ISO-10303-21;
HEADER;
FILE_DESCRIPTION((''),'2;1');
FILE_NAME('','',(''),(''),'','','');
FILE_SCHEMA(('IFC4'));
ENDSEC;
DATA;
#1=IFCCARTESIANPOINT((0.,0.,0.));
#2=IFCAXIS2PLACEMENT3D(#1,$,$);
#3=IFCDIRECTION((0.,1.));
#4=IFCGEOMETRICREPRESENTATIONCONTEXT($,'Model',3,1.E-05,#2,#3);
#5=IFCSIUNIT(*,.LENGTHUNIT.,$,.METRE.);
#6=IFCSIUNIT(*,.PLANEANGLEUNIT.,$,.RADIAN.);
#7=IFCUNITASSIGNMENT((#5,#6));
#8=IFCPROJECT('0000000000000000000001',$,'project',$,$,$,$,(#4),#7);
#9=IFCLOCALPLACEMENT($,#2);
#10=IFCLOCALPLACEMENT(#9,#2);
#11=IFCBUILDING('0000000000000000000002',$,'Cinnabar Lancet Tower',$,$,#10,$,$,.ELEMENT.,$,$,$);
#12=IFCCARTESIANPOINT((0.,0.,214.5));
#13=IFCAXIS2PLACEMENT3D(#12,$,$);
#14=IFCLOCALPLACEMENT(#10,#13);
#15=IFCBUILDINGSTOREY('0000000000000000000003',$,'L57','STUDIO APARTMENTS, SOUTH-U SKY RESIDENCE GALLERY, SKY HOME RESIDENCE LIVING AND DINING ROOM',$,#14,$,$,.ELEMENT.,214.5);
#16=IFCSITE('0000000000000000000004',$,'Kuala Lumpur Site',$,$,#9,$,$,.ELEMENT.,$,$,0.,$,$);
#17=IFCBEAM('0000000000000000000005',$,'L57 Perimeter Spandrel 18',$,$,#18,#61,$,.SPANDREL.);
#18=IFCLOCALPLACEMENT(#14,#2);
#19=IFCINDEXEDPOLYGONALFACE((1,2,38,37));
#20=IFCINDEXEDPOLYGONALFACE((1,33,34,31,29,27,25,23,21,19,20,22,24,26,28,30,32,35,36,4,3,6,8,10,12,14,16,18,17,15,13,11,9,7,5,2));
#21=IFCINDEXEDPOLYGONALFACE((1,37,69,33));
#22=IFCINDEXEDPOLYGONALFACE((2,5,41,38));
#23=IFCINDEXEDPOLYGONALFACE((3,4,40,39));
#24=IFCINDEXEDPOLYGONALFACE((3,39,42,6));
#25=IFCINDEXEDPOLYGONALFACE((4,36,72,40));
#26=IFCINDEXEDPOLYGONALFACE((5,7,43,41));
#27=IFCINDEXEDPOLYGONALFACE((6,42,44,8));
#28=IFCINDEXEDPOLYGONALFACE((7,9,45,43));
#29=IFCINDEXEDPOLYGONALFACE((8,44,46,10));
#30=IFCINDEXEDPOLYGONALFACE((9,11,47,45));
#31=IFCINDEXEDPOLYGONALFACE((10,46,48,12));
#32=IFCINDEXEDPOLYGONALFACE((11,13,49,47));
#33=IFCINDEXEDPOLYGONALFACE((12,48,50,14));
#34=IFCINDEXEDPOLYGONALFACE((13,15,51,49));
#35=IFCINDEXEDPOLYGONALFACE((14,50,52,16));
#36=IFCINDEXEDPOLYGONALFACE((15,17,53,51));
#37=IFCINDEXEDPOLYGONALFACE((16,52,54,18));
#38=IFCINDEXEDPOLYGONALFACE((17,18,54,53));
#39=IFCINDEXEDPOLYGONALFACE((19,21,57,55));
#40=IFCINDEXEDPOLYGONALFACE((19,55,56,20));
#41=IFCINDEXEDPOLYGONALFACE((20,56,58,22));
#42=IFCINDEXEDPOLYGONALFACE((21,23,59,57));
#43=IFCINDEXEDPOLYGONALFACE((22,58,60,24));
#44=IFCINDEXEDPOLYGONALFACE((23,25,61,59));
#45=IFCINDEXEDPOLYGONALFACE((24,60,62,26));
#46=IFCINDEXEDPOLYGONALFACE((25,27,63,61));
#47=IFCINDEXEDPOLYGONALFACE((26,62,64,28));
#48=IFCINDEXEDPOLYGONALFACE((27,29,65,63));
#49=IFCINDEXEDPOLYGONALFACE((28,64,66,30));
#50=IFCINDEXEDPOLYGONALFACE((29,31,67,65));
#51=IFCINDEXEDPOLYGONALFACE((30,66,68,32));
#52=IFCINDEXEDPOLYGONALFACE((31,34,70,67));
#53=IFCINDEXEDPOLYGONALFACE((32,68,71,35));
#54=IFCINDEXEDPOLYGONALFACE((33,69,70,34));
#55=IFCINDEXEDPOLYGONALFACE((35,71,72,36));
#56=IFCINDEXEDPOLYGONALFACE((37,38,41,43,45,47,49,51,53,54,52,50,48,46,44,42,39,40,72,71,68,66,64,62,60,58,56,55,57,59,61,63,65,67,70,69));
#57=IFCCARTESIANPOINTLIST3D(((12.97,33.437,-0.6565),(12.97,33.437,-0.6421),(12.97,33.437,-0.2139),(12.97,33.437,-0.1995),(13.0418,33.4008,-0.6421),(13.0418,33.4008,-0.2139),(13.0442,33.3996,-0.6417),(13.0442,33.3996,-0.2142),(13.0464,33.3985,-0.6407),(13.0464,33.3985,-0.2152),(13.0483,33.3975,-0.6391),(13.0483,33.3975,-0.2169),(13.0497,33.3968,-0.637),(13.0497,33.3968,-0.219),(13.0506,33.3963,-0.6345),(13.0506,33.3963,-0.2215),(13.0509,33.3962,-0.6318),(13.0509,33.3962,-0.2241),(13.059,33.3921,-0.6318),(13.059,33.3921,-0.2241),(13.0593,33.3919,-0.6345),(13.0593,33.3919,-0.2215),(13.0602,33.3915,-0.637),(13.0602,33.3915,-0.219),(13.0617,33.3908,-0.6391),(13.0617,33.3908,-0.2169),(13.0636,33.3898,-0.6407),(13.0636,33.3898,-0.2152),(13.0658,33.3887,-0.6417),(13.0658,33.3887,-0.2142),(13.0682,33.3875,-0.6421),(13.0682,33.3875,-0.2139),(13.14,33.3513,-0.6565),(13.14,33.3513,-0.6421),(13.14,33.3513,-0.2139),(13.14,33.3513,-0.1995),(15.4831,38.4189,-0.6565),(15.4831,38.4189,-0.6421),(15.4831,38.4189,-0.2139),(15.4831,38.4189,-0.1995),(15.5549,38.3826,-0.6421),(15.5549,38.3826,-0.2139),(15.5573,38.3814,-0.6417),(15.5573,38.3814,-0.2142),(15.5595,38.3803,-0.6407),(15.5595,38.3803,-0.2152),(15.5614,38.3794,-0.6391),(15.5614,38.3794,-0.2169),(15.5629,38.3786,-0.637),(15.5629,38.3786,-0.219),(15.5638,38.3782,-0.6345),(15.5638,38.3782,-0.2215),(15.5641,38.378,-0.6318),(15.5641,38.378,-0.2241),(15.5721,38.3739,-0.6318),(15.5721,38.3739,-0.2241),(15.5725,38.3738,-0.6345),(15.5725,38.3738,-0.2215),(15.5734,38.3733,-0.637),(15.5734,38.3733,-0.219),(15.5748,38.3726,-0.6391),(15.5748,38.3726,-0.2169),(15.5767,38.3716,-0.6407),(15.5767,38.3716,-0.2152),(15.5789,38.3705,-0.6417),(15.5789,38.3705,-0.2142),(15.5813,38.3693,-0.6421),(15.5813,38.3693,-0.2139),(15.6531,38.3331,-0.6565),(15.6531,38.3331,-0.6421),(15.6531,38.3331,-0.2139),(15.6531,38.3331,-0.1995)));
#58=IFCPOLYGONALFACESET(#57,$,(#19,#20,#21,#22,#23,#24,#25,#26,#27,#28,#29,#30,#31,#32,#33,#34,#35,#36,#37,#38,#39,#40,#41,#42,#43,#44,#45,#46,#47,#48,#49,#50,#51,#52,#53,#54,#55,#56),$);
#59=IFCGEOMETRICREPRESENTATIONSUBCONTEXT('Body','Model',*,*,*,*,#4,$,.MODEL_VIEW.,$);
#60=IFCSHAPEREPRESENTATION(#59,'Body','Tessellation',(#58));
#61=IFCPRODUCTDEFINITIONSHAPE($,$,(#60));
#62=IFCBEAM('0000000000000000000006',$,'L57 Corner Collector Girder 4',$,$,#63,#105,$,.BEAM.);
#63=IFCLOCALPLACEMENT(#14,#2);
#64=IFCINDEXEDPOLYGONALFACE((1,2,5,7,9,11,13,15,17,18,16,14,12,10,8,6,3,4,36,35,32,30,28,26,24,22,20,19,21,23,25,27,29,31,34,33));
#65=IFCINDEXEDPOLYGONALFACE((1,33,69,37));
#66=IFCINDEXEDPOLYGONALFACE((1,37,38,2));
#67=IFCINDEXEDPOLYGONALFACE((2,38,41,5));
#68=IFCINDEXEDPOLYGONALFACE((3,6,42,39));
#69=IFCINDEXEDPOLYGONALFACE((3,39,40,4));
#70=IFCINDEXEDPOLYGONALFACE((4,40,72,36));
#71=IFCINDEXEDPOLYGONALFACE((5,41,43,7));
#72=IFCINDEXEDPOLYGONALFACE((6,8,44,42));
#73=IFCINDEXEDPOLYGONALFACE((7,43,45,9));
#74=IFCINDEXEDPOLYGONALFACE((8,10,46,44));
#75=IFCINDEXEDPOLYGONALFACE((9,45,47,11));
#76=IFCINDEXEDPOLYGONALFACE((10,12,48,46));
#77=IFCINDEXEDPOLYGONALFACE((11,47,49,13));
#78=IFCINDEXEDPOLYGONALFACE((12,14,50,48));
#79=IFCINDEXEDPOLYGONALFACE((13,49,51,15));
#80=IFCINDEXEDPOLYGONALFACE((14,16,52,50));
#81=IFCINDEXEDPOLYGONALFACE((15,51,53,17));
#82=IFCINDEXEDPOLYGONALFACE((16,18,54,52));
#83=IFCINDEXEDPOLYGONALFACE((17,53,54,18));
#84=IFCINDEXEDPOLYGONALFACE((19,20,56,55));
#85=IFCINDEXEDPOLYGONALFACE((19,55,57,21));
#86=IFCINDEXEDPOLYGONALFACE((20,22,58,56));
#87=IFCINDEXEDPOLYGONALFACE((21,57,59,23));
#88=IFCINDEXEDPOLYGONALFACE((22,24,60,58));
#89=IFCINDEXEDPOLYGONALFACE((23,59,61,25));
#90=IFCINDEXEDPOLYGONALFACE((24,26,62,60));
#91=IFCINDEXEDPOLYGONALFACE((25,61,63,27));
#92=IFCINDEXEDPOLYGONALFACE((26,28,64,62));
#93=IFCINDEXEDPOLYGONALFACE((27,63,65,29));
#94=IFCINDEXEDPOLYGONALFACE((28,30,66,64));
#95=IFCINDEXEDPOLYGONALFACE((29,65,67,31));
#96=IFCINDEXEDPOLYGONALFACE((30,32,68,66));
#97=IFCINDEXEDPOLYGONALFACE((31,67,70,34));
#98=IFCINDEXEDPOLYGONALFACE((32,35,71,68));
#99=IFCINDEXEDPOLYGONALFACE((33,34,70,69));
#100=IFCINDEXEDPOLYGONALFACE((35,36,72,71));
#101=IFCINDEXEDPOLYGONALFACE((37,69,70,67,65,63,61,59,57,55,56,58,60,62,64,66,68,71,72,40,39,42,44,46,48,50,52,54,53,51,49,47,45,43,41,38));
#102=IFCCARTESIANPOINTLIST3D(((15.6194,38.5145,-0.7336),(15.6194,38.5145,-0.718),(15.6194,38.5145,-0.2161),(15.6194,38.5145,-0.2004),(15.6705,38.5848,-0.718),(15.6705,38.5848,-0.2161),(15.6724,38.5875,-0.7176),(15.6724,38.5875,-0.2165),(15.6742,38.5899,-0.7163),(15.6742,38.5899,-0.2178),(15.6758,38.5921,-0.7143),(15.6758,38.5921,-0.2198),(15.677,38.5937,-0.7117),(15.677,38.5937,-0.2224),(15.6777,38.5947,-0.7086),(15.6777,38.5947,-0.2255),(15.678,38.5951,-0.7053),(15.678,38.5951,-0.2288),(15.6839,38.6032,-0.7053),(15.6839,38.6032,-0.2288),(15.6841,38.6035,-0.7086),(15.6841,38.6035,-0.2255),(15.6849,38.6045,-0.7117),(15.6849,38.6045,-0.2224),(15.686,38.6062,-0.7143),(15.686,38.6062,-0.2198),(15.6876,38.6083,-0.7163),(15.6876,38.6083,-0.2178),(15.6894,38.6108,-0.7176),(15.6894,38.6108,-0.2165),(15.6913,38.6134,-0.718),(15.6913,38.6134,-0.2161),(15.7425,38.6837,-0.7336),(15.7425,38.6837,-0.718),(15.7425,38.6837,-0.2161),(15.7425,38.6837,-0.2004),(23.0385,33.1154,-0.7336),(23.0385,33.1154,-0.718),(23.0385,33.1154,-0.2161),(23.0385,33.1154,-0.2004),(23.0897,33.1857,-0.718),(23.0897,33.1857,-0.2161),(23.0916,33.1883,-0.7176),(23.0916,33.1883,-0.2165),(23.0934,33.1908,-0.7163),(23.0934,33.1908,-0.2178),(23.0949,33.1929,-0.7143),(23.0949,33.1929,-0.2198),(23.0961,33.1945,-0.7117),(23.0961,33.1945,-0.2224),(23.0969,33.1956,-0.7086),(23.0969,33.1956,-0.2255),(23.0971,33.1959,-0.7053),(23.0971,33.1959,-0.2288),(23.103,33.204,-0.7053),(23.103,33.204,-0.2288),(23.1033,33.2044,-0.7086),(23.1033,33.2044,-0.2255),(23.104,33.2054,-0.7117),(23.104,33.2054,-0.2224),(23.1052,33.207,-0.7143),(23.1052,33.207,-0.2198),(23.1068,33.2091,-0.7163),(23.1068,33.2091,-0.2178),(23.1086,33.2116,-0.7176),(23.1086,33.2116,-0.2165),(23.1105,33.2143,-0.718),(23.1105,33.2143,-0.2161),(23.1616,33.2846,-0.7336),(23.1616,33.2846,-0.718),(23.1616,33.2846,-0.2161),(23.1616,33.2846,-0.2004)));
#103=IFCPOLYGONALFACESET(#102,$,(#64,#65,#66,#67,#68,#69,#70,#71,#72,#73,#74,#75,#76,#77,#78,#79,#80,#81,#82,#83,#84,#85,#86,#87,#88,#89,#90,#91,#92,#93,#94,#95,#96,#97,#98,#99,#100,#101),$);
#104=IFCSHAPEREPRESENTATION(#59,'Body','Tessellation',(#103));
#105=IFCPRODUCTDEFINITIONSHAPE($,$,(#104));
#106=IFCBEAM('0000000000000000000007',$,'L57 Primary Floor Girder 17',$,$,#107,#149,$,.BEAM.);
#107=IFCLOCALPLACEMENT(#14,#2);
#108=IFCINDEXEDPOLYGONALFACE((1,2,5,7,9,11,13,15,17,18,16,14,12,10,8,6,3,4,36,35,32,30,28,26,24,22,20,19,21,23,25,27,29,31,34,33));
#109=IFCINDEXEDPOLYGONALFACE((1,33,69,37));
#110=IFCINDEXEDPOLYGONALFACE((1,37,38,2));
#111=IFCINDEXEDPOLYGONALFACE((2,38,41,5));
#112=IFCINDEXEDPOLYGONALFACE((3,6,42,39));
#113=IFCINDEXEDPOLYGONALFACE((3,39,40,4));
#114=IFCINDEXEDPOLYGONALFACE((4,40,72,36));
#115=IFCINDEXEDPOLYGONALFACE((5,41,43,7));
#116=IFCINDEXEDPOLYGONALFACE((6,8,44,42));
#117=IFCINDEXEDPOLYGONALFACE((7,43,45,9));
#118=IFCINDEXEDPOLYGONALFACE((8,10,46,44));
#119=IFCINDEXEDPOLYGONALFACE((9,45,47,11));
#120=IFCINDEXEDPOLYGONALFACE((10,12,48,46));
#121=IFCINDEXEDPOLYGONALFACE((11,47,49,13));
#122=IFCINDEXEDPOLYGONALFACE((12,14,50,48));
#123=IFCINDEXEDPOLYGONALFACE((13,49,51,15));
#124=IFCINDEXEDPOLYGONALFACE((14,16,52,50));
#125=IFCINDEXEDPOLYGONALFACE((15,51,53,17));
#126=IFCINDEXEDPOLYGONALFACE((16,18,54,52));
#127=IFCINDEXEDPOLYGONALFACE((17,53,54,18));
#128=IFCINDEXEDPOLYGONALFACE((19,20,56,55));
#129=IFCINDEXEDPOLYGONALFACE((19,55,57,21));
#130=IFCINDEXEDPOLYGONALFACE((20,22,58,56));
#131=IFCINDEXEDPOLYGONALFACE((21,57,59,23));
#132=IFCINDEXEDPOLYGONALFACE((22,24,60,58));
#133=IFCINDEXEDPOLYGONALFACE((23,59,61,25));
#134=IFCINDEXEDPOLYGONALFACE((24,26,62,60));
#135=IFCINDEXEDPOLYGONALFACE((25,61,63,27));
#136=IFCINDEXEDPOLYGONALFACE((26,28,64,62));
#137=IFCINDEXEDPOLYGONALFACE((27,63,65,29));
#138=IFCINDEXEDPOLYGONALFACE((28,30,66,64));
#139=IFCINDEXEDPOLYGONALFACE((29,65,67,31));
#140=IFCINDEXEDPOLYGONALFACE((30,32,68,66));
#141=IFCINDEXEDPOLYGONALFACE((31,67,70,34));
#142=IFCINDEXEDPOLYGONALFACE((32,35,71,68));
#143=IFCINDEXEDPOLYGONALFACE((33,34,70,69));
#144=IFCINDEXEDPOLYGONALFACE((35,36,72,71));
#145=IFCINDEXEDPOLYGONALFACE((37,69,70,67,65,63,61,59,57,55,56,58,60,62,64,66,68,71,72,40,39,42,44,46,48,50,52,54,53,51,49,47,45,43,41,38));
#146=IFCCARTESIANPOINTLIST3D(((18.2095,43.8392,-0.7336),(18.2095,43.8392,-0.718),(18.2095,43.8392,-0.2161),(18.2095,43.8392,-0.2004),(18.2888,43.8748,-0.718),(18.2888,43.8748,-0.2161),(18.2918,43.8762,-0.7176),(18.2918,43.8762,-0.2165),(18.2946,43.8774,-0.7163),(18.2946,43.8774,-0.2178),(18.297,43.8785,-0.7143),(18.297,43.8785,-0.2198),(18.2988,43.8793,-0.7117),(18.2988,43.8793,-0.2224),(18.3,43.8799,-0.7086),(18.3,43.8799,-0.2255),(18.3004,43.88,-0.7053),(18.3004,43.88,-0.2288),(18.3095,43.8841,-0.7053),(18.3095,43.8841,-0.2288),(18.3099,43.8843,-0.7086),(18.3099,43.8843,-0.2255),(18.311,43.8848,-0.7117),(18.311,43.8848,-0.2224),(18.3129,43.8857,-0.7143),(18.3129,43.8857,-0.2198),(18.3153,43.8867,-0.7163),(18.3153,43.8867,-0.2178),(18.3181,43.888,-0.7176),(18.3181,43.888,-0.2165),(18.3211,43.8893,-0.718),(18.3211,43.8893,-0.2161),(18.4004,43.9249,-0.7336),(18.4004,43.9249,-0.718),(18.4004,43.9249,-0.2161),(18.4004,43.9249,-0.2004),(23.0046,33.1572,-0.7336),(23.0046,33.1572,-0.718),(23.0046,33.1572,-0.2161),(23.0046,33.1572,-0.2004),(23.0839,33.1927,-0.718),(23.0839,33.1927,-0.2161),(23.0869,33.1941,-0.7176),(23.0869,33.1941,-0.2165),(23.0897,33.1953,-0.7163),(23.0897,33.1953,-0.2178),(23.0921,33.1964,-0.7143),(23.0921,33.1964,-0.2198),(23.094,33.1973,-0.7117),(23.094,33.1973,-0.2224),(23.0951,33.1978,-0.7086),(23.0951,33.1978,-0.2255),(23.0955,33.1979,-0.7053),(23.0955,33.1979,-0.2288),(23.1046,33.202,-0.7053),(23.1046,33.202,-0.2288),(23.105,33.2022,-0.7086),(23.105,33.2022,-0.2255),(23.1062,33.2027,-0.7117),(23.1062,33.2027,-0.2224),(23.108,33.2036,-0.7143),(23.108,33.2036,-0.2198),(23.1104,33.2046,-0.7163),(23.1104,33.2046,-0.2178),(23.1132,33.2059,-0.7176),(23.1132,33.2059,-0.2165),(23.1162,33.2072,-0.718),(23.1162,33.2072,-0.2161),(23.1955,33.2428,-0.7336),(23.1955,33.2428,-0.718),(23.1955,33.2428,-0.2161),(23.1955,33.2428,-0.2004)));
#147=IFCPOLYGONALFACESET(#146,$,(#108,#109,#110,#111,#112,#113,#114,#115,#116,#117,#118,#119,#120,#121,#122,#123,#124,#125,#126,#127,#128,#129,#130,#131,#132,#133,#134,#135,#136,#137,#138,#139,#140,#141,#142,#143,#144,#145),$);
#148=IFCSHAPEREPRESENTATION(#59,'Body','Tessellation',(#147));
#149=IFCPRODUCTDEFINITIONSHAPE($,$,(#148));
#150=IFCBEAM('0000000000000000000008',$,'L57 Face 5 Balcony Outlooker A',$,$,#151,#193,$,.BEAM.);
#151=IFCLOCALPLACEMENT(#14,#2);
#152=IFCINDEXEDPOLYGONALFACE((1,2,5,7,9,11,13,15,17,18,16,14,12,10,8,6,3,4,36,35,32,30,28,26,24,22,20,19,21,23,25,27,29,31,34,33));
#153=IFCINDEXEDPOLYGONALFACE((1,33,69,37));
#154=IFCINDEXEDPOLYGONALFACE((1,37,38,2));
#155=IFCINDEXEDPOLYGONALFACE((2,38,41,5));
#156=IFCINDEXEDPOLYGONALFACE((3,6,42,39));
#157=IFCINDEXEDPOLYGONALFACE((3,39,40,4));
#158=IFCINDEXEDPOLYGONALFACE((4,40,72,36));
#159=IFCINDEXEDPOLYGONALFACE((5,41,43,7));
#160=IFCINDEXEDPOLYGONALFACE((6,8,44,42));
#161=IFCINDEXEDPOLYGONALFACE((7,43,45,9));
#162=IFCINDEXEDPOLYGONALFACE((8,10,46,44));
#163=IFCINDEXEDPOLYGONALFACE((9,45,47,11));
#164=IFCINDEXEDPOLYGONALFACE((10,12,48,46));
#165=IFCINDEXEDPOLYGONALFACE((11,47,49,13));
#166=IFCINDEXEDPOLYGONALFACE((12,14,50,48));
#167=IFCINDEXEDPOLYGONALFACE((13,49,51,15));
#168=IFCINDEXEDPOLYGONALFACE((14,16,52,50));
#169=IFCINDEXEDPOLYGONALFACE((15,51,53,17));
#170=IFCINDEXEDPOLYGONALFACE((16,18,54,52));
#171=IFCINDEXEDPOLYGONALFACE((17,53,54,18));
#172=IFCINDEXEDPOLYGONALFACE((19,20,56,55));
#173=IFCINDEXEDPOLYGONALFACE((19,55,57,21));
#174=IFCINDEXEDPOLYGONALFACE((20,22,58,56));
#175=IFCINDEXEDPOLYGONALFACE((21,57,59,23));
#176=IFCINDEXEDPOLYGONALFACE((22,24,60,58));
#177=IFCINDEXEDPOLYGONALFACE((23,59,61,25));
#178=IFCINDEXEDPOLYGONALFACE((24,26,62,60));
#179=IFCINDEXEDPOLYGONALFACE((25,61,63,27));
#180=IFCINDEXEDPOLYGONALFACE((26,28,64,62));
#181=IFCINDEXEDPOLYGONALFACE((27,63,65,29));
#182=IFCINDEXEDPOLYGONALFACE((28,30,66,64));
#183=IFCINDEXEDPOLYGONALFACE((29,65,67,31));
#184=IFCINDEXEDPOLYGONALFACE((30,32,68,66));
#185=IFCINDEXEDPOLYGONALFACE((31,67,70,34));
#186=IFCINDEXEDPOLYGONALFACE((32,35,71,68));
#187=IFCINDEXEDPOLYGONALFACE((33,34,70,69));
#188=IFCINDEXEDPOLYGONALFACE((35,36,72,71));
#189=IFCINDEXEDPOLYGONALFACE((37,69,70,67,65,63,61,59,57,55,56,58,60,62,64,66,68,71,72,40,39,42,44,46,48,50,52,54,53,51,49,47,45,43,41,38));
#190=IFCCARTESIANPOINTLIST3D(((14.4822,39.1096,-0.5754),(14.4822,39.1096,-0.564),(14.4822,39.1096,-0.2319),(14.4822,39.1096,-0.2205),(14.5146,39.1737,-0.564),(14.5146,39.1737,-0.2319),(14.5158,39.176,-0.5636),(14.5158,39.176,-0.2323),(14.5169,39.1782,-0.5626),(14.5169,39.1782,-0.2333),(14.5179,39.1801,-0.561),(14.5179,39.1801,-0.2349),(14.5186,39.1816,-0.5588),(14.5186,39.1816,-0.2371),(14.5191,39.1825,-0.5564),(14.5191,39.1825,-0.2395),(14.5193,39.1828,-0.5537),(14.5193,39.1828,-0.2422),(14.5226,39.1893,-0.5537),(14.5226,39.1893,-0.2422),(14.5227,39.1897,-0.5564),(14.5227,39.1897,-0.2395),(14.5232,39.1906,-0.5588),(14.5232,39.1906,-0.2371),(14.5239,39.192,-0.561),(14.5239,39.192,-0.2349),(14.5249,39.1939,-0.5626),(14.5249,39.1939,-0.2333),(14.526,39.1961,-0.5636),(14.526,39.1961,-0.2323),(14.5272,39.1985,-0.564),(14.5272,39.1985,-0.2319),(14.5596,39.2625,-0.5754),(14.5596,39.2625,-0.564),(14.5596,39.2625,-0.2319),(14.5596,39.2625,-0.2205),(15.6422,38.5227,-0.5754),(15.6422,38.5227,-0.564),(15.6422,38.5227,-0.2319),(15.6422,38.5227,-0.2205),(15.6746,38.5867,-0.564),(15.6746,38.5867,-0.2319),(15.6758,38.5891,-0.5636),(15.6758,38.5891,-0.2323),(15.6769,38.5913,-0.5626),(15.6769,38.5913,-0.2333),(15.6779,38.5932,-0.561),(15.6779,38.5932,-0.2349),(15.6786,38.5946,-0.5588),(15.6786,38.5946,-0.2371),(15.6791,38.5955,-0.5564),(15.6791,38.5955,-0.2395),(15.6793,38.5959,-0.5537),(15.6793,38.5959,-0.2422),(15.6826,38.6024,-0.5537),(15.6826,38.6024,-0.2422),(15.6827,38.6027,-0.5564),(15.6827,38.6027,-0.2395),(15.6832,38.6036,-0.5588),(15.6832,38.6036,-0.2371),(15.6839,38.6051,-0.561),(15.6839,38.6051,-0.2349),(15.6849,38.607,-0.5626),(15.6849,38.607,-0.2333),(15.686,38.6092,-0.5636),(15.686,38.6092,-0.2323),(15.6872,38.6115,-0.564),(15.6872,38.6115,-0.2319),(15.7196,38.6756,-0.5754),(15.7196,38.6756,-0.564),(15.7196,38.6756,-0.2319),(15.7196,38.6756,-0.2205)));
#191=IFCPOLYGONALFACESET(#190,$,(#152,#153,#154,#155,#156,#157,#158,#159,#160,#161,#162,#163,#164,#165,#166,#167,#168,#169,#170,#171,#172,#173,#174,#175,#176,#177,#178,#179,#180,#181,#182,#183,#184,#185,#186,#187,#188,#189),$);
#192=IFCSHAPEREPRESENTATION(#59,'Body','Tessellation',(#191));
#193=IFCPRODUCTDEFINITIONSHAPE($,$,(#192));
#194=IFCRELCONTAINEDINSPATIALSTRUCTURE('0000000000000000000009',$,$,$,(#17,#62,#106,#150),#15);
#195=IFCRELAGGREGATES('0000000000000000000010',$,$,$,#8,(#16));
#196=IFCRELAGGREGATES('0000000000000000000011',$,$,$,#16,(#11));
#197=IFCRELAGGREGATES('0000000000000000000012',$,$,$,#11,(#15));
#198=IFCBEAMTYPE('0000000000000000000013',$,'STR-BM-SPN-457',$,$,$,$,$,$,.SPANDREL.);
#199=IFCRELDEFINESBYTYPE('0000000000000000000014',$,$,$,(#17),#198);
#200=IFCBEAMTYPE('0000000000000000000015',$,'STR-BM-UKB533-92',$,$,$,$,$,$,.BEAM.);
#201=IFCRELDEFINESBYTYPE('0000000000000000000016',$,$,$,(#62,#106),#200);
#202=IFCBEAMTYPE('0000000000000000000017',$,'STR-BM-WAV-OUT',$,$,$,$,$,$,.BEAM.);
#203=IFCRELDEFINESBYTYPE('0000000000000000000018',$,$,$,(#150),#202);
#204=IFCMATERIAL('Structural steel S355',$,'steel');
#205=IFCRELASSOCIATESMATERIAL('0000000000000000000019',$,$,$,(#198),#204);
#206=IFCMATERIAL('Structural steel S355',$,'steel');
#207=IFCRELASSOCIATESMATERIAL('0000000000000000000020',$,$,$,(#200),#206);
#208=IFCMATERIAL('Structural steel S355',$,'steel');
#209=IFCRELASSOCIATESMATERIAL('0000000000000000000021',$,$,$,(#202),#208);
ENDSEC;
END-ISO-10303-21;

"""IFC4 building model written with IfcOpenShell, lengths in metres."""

from ifc_helpers import new_model, si_unit, direction, frame, origin, origin_2d, place, context, subcontext, project, spatial, i_section, extrude, material, material_profile, profile_set, type_object, element, save


model = new_model("IFC4")

# Units and contexts
model_context = context("Model", 3, precision=1e-05, world=origin(), true_north=direction((0.0, 1.0)))
body_context = subcontext(model_context, "Body", "Model", "MODEL_VIEW")
ifc_project = project(units=[si_unit("LENGTHUNIT", "METRE"), si_unit("PLANEANGLEUNIT", "RADIAN")], contexts=[model_context])

# Site, building, storey
site_placement = place(None, origin())
site = spatial("IfcSite", under=ifc_project, at=site_placement, Name="Kuala Lumpur Site", CompositionType="ELEMENT", RefElevation=0.0)
building_placement = place(site_placement, origin())
building = spatial("IfcBuilding", under=site, at=building_placement, Name="Cinnabar Lancet Tower", CompositionType="ELEMENT")
storey_placement = place(building_placement, frame((0.0, 0.0, 214.5)))
storey = spatial("IfcBuildingStorey", under=building, at=storey_placement, Name="L57", Description="STUDIO APARTMENTS, SOUTH-U SKY RESIDENCE GALLERY, SKY HOME RESIDENCE LIVING AND DINING ROOM", CompositionType="ELEMENT", Elevation=214.5)

# Beams
ifc_material_1 = material(Name="Structural steel S355", Category="steel")
ifc_material_profile_1 = material_profile(ifc_material_1, i_section(OverallWidth=0.1904, OverallDepth=0.457, WebThickness=0.009, FlangeThickness=0.0144, FilletRadius=0.0103, at=origin_2d()), Name="UKB 457x191x74")
ifc_profile_set_1 = profile_set([ifc_material_profile_1], Name="Structural steel S355")
beam_type_1 = type_object("IfcBeamType", Name="STR-BM-SPN-457", PredefinedType="SPANDREL", material=ifc_profile_set_1)
beam_1_placement = place(storey_placement, frame((15.5681, 38.376, -0.428), z_axis=(-0.450396, -0.892829, 0.0), x_axis=(0.892829, -0.450396, 0.0)))
element("IfcBeam", 1, at=beam_1_placement, inside=storey, type_object=beam_type_1, Name="L57 Perimeter Spandrel 18", PredefinedType="SPANDREL", context=body_context, shape_type="SweptSolid", body=[
    extrude(i_section(OverallWidth=0.1904, OverallDepth=0.457, WebThickness=0.009, FlangeThickness=0.0144, FilletRadius=0.0103, at=origin_2d()), origin(), (0.0, 0.0, 1.0), 5.5798),
])
ifc_material_2 = material(Name="Structural steel S355", Category="steel")
ifc_material_profile_2 = material_profile(ifc_material_2, i_section(OverallWidth=0.2092, OverallDepth=0.5332, WebThickness=0.01, FlangeThickness=0.0156, FilletRadius=0.0127, at=origin_2d()), Name="UKB 533x210x92")
ifc_profile_set_2 = profile_set([ifc_material_profile_2], Name="Structural steel S355")
beam_type_2 = type_object("IfcBeamType", Name="STR-BM-UKB533-92", PredefinedType="BEAM", material=ifc_profile_set_2)
beam_2_placement = place(storey_placement, frame((15.6809, 38.5991, -0.467), z_axis=(0.80856, -0.588414, 0.0), x_axis=(0.588414, 0.80856, 0.0)))
element("IfcBeam", 2, at=beam_2_placement, inside=storey, type_object=beam_type_2, Name="L57 Corner Collector Girder 4", PredefinedType="BEAM", context=body_context, shape_type="SweptSolid", body=[
    extrude(i_section(OverallWidth=0.2092, OverallDepth=0.5332, WebThickness=0.01, FlangeThickness=0.0156, FilletRadius=0.0127, at=origin_2d()), origin(), (0.0, 0.0, 1.0), 9.1758),
])
beam_3_placement = place(storey_placement, frame((18.3049, 43.8821, -0.467), z_axis=(0.409527, -0.912298, 0.0), x_axis=(0.912298, 0.409527, 0.0)))
element("IfcBeam", 3, at=beam_3_placement, inside=storey, type_object=beam_type_2, Name="L57 Primary Floor Girder 17", PredefinedType="BEAM", context=body_context, shape_type="SweptSolid", body=[
    extrude(i_section(OverallWidth=0.2092, OverallDepth=0.5332, WebThickness=0.01, FlangeThickness=0.0156, FilletRadius=0.0127, at=origin_2d()), origin(), (0.0, 0.0, 1.0), 11.709),
])
ifc_material_3 = material(Name="Structural steel S355", Category="steel")
ifc_material_profile_3 = material_profile(ifc_material_3, i_section(OverallWidth=0.1714, OverallDepth=0.355, WebThickness=0.0073, FlangeThickness=0.0115, FilletRadius=0.0103, at=origin_2d()), Name="UKB 356x171x51")
ifc_profile_set_3 = profile_set([ifc_material_profile_3], Name="Structural steel S355")
beam_type_3 = type_object("IfcBeamType", Name="STR-BM-WAV-OUT", PredefinedType="BEAM", material=ifc_profile_set_3)
beam_4_placement = place(storey_placement, frame((15.6809, 38.5991, -0.3979), z_axis=(-0.892276, 0.45149, 0.0), x_axis=(-0.45149, -0.892276, 0.0)))
element("IfcBeam", 4, at=beam_4_placement, inside=storey, type_object=beam_type_3, Name="L57 Face 5 Balcony Outlooker A", PredefinedType="BEAM", context=body_context, shape_type="SweptSolid", body=[
    extrude(i_section(OverallWidth=0.1714, OverallDepth=0.355, WebThickness=0.0073, FlangeThickness=0.0115, FilletRadius=0.0103, at=origin_2d()), origin(), (0.0, 0.0, 1.0), 1.3),
])

save(model, "model.ifc")
